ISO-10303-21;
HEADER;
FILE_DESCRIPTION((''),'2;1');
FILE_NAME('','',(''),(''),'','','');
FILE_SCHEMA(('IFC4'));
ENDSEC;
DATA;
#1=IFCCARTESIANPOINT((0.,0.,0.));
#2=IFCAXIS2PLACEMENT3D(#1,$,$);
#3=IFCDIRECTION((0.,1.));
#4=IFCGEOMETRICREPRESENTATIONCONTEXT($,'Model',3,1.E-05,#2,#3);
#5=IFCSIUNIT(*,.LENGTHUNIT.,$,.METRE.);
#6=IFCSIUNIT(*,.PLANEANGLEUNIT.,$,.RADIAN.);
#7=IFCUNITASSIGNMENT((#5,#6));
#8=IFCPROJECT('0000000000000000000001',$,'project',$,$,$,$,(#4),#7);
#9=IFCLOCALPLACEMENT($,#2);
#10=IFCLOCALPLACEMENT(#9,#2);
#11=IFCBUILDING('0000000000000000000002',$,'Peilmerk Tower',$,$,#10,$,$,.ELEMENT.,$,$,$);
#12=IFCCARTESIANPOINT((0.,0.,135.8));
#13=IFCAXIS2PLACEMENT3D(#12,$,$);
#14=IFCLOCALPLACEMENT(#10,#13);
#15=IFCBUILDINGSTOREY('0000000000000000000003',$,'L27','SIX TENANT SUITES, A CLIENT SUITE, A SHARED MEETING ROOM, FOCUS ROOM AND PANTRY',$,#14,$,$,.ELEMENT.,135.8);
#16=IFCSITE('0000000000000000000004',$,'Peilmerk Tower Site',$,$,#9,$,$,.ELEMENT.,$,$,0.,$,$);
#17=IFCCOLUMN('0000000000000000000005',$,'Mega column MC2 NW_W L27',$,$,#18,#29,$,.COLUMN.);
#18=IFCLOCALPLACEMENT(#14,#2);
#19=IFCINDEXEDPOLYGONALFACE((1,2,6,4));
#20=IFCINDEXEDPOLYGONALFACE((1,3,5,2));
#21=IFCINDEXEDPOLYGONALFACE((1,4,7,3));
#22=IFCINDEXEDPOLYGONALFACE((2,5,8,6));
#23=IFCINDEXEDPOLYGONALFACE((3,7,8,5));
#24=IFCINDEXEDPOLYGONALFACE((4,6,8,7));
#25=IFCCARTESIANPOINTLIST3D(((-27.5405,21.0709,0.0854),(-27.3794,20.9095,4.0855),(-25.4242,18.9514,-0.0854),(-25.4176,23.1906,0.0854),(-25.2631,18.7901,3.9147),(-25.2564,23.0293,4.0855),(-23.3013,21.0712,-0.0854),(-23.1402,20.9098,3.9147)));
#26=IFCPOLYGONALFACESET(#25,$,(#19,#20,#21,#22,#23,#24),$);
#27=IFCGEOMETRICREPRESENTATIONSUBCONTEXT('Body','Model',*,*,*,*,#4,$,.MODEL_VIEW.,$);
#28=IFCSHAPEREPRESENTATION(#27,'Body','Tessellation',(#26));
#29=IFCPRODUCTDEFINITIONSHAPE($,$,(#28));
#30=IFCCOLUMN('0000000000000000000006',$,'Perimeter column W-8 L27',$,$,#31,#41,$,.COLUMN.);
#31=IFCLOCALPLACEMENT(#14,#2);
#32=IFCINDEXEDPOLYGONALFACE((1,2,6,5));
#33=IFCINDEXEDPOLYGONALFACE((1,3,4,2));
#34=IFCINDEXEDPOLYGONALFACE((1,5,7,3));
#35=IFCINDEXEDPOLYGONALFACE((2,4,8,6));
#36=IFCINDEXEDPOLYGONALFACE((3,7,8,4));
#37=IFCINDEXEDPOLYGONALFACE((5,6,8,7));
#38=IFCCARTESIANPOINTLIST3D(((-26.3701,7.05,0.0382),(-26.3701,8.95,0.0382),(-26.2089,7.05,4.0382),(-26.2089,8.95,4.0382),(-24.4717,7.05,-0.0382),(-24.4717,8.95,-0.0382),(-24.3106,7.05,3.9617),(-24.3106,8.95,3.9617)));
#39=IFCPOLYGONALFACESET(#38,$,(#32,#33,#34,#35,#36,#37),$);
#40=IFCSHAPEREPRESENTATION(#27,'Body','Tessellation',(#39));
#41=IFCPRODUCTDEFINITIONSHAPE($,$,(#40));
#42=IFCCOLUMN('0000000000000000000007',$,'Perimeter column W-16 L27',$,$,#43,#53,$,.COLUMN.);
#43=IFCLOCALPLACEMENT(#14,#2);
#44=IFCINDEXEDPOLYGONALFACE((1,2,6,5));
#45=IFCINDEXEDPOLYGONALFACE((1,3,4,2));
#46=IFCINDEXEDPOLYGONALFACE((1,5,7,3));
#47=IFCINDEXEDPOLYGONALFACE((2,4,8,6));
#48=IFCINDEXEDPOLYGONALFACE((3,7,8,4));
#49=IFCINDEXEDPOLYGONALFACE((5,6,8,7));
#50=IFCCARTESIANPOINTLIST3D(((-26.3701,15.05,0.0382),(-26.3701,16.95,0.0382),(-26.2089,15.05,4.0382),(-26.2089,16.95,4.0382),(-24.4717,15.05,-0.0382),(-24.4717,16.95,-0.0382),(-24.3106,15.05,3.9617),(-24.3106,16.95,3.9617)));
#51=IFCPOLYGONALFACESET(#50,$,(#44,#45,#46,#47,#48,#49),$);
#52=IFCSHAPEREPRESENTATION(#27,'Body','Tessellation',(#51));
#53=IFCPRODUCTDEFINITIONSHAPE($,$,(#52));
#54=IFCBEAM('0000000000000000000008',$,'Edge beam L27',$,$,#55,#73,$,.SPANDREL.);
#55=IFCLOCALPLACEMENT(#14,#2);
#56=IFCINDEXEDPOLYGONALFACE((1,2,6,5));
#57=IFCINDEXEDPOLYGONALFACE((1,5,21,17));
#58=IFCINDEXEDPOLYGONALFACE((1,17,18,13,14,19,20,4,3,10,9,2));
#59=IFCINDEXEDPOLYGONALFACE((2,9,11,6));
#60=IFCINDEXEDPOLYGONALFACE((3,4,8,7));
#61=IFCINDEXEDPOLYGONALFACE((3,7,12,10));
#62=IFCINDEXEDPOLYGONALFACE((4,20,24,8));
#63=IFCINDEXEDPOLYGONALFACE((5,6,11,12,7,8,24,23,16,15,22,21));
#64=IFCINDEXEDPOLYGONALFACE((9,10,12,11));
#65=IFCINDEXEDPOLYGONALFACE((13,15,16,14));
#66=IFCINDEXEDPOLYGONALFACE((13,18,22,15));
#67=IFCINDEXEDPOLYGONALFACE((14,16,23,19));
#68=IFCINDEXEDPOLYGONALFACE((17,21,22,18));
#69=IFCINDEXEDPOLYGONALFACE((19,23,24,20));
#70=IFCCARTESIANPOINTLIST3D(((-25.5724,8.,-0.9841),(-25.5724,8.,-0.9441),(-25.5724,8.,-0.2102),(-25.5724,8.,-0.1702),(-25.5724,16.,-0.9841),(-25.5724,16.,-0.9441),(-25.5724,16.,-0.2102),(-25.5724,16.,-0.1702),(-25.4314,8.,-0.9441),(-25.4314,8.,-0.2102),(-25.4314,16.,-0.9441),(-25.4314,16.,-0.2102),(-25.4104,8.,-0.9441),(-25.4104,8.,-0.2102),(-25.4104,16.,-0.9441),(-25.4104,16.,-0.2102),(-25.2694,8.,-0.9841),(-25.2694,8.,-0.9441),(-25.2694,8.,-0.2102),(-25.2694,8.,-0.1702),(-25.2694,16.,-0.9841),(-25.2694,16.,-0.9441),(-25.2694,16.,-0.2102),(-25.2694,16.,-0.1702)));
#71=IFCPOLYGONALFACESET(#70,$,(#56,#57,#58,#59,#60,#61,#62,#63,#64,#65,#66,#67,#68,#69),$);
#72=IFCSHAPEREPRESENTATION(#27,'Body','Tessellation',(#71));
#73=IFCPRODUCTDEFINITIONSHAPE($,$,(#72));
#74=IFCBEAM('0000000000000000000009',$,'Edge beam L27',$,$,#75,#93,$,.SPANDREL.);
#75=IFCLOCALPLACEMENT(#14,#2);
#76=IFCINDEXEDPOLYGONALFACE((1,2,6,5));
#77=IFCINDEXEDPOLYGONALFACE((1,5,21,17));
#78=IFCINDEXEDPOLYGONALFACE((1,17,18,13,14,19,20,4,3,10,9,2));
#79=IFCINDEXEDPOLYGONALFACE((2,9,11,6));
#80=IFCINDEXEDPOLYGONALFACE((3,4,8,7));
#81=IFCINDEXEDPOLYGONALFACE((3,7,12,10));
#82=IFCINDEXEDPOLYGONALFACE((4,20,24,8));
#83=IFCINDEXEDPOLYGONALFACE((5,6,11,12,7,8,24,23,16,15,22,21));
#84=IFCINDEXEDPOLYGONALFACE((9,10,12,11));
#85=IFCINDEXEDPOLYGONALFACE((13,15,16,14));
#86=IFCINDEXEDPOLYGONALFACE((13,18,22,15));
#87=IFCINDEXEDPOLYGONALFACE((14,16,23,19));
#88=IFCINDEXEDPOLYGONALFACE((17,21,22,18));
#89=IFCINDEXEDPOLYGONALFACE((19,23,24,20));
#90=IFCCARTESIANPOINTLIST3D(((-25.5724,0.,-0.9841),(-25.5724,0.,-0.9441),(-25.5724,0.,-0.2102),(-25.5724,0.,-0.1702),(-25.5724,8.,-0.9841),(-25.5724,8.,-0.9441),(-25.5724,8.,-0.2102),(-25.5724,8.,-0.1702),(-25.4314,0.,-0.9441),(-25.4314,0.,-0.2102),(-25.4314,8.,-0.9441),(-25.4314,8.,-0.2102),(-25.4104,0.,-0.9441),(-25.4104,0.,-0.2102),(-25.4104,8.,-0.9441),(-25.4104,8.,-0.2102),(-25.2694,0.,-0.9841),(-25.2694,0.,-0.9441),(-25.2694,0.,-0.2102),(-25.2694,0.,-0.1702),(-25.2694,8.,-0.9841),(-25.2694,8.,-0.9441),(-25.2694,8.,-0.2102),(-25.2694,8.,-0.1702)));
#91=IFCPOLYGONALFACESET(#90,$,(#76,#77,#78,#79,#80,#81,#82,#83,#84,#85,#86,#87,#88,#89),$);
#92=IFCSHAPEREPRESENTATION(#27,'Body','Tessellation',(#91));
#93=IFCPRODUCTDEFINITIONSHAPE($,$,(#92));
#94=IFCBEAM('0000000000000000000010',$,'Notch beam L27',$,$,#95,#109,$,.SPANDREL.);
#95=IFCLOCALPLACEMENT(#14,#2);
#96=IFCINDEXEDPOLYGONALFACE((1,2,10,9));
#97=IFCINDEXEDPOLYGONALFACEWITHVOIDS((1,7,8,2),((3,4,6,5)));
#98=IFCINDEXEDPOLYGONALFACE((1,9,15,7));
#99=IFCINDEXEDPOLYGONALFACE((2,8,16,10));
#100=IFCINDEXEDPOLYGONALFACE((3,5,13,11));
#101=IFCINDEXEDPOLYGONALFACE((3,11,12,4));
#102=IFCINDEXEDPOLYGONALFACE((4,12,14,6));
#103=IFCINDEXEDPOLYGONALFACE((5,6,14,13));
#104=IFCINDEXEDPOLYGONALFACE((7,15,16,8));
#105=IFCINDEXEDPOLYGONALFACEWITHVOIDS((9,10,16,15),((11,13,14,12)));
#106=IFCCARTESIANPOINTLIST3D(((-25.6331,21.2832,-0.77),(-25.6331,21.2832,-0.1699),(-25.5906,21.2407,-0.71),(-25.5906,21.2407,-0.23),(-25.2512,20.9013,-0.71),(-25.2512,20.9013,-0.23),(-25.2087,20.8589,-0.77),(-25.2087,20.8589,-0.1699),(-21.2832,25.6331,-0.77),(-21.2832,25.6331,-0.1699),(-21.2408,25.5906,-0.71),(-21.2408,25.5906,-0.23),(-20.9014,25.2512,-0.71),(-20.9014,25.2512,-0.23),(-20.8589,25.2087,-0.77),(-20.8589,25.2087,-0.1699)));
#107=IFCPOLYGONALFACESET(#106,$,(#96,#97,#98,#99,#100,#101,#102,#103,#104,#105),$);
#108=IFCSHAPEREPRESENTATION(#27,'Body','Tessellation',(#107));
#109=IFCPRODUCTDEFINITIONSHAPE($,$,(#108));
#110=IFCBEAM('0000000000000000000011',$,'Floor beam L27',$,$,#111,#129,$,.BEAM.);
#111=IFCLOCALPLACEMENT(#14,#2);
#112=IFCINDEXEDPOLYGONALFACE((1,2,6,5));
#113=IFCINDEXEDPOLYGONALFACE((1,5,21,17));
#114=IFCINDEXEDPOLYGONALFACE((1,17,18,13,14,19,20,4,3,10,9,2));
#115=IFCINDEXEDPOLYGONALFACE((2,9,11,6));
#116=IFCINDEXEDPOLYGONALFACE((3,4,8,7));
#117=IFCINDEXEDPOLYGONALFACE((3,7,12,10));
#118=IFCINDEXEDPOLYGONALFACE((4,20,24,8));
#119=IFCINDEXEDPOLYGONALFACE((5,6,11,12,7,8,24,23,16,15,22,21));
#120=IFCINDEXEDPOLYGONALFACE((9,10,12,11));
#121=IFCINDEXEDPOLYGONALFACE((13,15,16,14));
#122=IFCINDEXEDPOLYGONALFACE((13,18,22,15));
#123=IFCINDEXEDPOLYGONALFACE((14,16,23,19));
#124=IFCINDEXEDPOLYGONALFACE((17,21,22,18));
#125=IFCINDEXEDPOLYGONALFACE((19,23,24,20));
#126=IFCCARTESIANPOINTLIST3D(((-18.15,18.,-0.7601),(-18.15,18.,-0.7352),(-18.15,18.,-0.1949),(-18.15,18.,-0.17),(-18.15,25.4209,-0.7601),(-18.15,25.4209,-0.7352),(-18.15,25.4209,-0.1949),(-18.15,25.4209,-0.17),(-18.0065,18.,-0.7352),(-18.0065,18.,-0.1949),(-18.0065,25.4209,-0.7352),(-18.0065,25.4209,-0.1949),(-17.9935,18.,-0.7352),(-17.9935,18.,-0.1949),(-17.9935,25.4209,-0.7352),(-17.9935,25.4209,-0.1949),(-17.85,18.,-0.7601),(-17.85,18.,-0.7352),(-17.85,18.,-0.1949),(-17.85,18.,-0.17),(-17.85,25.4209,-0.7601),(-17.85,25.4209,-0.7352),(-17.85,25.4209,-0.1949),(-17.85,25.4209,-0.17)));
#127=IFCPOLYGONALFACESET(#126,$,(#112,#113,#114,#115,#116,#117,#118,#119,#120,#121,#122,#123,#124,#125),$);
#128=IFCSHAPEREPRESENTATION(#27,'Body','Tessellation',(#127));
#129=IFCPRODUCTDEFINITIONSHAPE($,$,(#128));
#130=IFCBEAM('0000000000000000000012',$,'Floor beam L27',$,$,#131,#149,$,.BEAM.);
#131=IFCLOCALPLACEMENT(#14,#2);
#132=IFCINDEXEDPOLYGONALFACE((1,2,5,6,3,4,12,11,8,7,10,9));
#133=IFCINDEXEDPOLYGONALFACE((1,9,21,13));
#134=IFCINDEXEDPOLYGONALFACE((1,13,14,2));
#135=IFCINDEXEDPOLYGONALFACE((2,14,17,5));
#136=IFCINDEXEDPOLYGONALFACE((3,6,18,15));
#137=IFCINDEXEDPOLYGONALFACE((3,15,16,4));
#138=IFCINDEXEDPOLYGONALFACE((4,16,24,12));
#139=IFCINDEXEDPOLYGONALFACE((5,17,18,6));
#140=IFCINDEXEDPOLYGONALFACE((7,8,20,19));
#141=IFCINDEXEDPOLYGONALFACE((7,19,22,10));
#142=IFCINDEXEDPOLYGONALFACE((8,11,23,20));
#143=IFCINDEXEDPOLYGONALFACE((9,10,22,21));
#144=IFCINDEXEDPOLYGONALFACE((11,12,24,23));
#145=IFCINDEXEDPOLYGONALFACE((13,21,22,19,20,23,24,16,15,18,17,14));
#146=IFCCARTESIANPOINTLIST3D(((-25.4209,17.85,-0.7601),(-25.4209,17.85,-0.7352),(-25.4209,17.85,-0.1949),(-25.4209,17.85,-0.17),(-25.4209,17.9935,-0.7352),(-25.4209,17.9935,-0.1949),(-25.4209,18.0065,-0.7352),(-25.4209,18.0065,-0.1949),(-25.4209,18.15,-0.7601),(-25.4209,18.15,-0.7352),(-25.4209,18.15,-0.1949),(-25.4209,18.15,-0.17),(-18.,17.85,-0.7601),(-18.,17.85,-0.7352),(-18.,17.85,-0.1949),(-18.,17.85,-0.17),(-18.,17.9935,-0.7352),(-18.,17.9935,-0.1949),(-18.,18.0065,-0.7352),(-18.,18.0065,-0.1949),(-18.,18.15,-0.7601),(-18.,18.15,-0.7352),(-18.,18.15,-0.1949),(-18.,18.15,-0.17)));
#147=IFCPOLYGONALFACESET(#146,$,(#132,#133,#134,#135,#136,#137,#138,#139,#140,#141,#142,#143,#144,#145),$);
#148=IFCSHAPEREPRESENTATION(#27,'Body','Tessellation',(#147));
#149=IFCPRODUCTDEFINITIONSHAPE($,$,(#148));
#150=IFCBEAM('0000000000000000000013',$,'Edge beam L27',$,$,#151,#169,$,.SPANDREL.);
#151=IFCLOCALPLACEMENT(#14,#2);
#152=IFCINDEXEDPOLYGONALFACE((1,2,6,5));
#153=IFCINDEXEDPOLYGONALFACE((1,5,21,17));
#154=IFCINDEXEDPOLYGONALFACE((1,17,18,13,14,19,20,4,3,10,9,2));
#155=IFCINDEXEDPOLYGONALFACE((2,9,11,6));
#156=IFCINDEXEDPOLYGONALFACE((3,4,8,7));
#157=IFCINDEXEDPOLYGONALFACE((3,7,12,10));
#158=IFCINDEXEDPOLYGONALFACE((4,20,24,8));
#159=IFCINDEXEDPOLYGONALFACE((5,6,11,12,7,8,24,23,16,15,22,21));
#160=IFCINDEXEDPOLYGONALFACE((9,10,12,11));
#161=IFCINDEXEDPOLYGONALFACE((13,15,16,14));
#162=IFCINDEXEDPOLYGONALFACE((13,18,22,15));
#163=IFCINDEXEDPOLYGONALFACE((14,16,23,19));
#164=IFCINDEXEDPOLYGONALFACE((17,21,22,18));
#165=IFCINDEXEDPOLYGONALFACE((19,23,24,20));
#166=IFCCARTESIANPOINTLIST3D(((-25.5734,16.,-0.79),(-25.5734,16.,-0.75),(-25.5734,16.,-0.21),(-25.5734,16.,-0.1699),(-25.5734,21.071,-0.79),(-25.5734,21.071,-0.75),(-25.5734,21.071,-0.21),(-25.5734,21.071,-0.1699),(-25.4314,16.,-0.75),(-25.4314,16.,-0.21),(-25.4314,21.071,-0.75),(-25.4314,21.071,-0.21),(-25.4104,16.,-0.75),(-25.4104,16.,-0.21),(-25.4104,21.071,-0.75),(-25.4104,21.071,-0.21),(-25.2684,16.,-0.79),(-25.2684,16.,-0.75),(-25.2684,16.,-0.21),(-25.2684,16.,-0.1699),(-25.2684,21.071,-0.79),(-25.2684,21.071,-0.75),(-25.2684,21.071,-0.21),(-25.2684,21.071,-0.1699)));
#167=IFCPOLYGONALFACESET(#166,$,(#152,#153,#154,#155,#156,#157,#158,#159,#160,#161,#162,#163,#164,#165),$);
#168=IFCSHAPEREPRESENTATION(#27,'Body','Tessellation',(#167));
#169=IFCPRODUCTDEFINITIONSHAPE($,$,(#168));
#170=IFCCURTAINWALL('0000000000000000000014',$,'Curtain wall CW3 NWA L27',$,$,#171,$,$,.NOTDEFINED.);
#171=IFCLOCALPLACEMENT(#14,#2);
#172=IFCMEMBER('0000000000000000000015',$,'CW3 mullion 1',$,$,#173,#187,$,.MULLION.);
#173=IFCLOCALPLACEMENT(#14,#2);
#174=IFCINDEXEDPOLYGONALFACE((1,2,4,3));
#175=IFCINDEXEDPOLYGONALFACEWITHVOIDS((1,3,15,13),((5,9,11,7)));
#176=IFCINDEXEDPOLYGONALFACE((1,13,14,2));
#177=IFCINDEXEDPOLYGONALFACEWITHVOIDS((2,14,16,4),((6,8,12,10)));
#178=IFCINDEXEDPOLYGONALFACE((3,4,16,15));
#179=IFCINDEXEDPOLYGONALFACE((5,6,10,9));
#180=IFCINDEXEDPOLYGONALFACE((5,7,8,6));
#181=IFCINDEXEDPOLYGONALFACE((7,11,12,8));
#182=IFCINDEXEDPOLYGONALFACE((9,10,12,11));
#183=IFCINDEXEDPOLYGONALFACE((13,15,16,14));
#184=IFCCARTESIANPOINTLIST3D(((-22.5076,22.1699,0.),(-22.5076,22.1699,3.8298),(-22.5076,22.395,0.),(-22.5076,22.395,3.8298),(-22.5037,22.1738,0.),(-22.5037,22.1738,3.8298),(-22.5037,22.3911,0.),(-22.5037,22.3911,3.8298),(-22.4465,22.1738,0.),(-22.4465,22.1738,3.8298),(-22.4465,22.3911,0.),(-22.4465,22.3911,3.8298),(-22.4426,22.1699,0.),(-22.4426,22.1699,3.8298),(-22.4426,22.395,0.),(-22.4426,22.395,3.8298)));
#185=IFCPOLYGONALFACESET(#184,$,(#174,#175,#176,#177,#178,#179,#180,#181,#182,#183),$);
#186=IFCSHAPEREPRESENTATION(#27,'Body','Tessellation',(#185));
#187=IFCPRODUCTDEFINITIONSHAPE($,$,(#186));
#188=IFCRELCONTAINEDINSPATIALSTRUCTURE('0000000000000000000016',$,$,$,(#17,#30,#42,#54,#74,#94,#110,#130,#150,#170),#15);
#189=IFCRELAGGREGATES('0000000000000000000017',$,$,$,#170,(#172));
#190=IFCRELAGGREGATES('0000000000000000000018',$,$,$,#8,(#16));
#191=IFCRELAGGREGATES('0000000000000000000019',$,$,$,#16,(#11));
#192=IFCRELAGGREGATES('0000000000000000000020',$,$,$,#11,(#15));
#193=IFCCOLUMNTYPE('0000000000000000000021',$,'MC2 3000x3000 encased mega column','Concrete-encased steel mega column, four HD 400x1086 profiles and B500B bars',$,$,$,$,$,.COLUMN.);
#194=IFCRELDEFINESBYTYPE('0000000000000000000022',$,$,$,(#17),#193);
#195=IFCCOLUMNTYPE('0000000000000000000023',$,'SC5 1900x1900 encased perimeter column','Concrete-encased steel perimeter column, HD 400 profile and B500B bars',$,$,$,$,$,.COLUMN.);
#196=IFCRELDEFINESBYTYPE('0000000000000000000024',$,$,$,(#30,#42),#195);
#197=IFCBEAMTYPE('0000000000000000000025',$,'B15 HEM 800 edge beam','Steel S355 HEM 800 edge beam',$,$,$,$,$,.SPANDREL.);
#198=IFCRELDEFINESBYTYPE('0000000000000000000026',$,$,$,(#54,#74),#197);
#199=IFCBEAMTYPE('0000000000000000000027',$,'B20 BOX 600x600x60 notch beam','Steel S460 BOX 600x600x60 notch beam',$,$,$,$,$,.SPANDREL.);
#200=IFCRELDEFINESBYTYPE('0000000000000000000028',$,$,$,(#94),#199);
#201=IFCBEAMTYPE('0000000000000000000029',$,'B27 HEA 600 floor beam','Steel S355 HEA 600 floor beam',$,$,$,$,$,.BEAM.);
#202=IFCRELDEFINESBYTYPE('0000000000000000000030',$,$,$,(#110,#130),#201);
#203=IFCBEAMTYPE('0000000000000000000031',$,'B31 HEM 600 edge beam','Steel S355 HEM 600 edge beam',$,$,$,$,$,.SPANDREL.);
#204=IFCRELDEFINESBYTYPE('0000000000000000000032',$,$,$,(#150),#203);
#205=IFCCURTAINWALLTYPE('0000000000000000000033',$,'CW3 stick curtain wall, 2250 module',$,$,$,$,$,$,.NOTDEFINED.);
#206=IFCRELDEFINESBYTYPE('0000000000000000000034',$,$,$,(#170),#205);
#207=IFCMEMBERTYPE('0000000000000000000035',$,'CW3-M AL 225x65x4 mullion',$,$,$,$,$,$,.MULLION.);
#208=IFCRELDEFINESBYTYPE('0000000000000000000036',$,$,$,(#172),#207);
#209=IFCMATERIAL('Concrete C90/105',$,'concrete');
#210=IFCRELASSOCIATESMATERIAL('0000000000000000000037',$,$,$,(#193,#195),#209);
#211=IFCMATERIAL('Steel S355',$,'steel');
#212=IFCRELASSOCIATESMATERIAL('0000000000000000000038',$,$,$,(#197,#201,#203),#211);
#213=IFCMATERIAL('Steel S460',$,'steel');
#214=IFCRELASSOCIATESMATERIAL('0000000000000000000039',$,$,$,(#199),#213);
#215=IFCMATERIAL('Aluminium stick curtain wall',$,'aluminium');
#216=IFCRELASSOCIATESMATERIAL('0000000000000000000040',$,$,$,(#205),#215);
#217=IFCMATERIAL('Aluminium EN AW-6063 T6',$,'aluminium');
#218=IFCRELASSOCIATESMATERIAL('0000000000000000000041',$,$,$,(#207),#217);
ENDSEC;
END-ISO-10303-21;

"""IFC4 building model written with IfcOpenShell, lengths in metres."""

from ifc_helpers import new_model, si_unit, direction, frame, origin, origin_2d, place, context, subcontext, project, spatial, rectangle, hollow_rectangle, i_section, extrude, material, material_profile, profile_set, type_object, element, aggregate, save


model = new_model("IFC4")

# Units and contexts
model_context = context("Model", 3, precision=1e-05, world=origin(), true_north=direction((0.0, 1.0)))
body_context = subcontext(model_context, "Body", "Model", "MODEL_VIEW")
ifc_project = project(units=[si_unit("LENGTHUNIT", "METRE"), si_unit("PLANEANGLEUNIT", "RADIAN")], contexts=[model_context])

# Site, building, storey
site_placement = place(None, origin())
site = spatial("IfcSite", under=ifc_project, at=site_placement, Name="Peilmerk Tower Site", CompositionType="ELEMENT", RefElevation=0.0)
building_placement = place(site_placement, origin())
building = spatial("IfcBuilding", under=site, at=building_placement, Name="Peilmerk Tower", CompositionType="ELEMENT")
storey_placement = place(building_placement, frame((0.0, 0.0, 135.8)))
storey = spatial("IfcBuildingStorey", under=building, at=storey_placement, Name="L27", Description="SIX TENANT SUITES, A CLIENT SUITE, A SHARED MEETING ROOM, FOCUS ROOM AND PANTRY", CompositionType="ELEMENT", Elevation=135.8)

# Columns
ifc_material_1 = material(Name="Concrete C90/105", Category="concrete")
ifc_material_profile_1 = material_profile(ifc_material_1, rectangle(XDim=3.0, YDim=3.0, at=origin_2d()), Name="RC 3000x3000")
ifc_profile_set_1 = profile_set([ifc_material_profile_1], Name="Concrete C90/105")
column_type_1 = type_object("IfcColumnType", Name="MC2 3000x3000 encased mega column", Description="Concrete-encased steel mega column, four HD 400x1086 profiles and B500B bars", PredefinedType="COLUMN", material=ifc_profile_set_1)
column_placement = place(storey_placement, frame((-25.4209, 21.071, 0.0), z_axis=(0.040218, -0.040279, 0.998379), x_axis=(0.707642, 0.706571, 0.0)))
element("IfcColumn", 1, at=column_placement, inside=storey, type_object=column_type_1, Name="Mega column MC2 NW_W L27", PredefinedType="COLUMN", context=body_context, shape_type="SweptSolid", body=[
    extrude(rectangle(XDim=3.0, YDim=3.0, at=origin_2d()), origin(), (0.0, 0.0, 1.0), 4.0066),
])
ifc_material_profile_2 = material_profile(ifc_material_1, rectangle(XDim=1.8999, YDim=1.8999, at=origin_2d()), Name="RC 1900x1900")
ifc_profile_set_2 = profile_set([ifc_material_profile_2], Name="Concrete C90/105")
column_type_2 = type_object("IfcColumnType", Name="SC5 1900x1900 encased perimeter column", Description="Concrete-encased steel perimeter column, HD 400 profile and B500B bars", PredefinedType="COLUMN", material=ifc_profile_set_2)
for number, where, z_axis, x_axis, name in (
    (2, (-25.4209, 8.0, 0.0), (0.040251, 0.0, 0.99919), (0.0, 1.0, 0.0), "Perimeter column W-8 L27"),
    (3, (-25.4209, 16.0, 0.0), (0.040251, 0.0, 0.99919), (0.0, 1.0, 0.0), "Perimeter column W-16 L27"),
):
    element("IfcColumn", number, at=place(storey_placement, frame(where, z_axis=z_axis, x_axis=x_axis)), inside=storey, type_object=column_type_2, Name=name, PredefinedType="COLUMN", context=body_context, shape_type="SweptSolid", body=[
        extrude(rectangle(XDim=1.8999, YDim=1.8999, at=origin_2d()), origin(), (0.0, 0.0, 1.0), 4.0032),
    ])

# Beams
ifc_material_2 = material(Name="Steel S355", Category="steel")
ifc_material_profile_3 = material_profile(ifc_material_2, i_section(OverallWidth=0.303, OverallDepth=0.814, WebThickness=0.021, FlangeThickness=0.04, at=origin_2d()), Name="HEM 800")
ifc_profile_set_3 = profile_set([ifc_material_profile_3], Name="Steel S355")
beam_type_1 = type_object("IfcBeamType", Name="B15 HEM 800 edge beam", Description="Steel S355 HEM 800 edge beam", PredefinedType="SPANDREL", material=ifc_profile_set_3)
for number, where, z_axis, x_axis, name in (
    (4, (-25.4209, 16.0, -0.5771), (0.0, -1.0, 0.0), (1.0, 0.0, 0.0), "Edge beam L27"),
    (5, (-25.4209, 8.0, -0.5771), (0.0, -1.0, 0.0), (1.0, 0.0, 0.0), "Edge beam L27"),
):
    element("IfcBeam", number, at=place(storey_placement, frame(where, z_axis=z_axis, x_axis=x_axis)), inside=storey, type_object=beam_type_1, Name=name, PredefinedType="SPANDREL", context=body_context, shape_type="SweptSolid", body=[
        extrude(i_section(OverallWidth=0.303, OverallDepth=0.814, WebThickness=0.021, FlangeThickness=0.04, at=origin_2d()), origin(), (0.0, 0.0, 1.0), 8.0),
    ])
ifc_material_3 = material(Name="Steel S460", Category="steel")
ifc_material_profile_4 = material_profile(ifc_material_3, hollow_rectangle(XDim=0.6001, YDim=0.6001, WallThickness=0.0601, at=origin_2d()), Name="BOX 600x600x60")
ifc_profile_set_4 = profile_set([ifc_material_profile_4], Name="Steel S460")
beam_type_2 = type_object("IfcBeamType", Name="B20 BOX 600x600x60 notch beam", Description="Steel S460 BOX 600x600x60 notch beam", PredefinedType="SPANDREL", material=ifc_profile_set_4)
beam_1_placement = place(storey_placement, frame((-25.4209, 21.071, -0.47), z_axis=(0.707107, 0.707107, 0.0), x_axis=(-0.707107, 0.707107, 0.0)))
element("IfcBeam", 6, at=beam_1_placement, inside=storey, type_object=beam_type_2, Name="Notch beam L27", PredefinedType="SPANDREL", context=body_context, shape_type="SweptSolid", body=[
    extrude(hollow_rectangle(XDim=0.6001, YDim=0.6001, WallThickness=0.0601, at=origin_2d()), origin(), (0.0, 0.0, 1.0), 6.1516),
])
ifc_material_profile_5 = material_profile(ifc_material_2, i_section(OverallWidth=0.3, OverallDepth=0.5901, WebThickness=0.0129, FlangeThickness=0.0249, at=origin_2d()), Name="HEA 600")
ifc_profile_set_5 = profile_set([ifc_material_profile_5], Name="Steel S355")
beam_type_3 = type_object("IfcBeamType", Name="B27 HEA 600 floor beam", Description="Steel S355 HEA 600 floor beam", PredefinedType="BEAM", material=ifc_profile_set_5)
for number, where, z_axis, x_axis, name in (
    (7, (-18.0, 18.0, -0.4651), (0.0, 1.0, 0.0), (-1.0, 0.0, 0.0), "Floor beam L27"),
    (8, (-18.0, 18.0, -0.4651), (-1.0, 0.0, 0.0), (0.0, -1.0, 0.0), "Floor beam L27"),
):
    element("IfcBeam", number, at=place(storey_placement, frame(where, z_axis=z_axis, x_axis=x_axis)), inside=storey, type_object=beam_type_3, Name=name, PredefinedType="BEAM", context=body_context, shape_type="SweptSolid", body=[
        extrude(i_section(OverallWidth=0.3, OverallDepth=0.5901, WebThickness=0.0129, FlangeThickness=0.0249, at=origin_2d()), origin(), (0.0, 0.0, 1.0), 7.4209),
    ])
ifc_material_profile_6 = material_profile(ifc_material_2, i_section(OverallWidth=0.3049, OverallDepth=0.6201, WebThickness=0.021, FlangeThickness=0.04, at=origin_2d()), Name="HEM 600")
ifc_profile_set_6 = profile_set([ifc_material_profile_6], Name="Steel S355")
beam_type_4 = type_object("IfcBeamType", Name="B31 HEM 600 edge beam", Description="Steel S355 HEM 600 edge beam", PredefinedType="SPANDREL", material=ifc_profile_set_6)
beam_2_placement = place(storey_placement, frame((-25.4209, 21.071, -0.48), z_axis=(0.0, -1.0, 0.0), x_axis=(1.0, 0.0, 0.0)))
element("IfcBeam", 9, at=beam_2_placement, inside=storey, type_object=beam_type_4, Name="Edge beam L27", PredefinedType="SPANDREL", context=body_context, shape_type="SweptSolid", body=[
    extrude(i_section(OverallWidth=0.3049, OverallDepth=0.6201, WebThickness=0.021, FlangeThickness=0.04, at=origin_2d()), origin(), (0.0, 0.0, 1.0), 5.071),
])

# Curtain wall, member
ifc_material_4 = material(Name="Aluminium stick curtain wall", Category="aluminium")
curtain_wall_type = type_object("IfcCurtainWallType", Name="CW3 stick curtain wall, 2250 module", PredefinedType="NOTDEFINED", material=ifc_material_4)
curtain_wall_1_placement = place(storey_placement, origin())
curtain_wall_1 = element("IfcCurtainWall", 10, at=curtain_wall_1_placement, inside=storey, type_object=curtain_wall_type, Name="Curtain wall CW3 NWA L27", PredefinedType="NOTDEFINED")
ifc_material_5 = material(Name="Aluminium EN AW-6063 T6", Category="aluminium")
ifc_material_profile_7 = material_profile(ifc_material_5, hollow_rectangle(XDim=0.0649, YDim=0.2251, WallThickness=0.0039, at=origin_2d()), Name="AL 225x65x4")
ifc_profile_set_7 = profile_set([ifc_material_profile_7], Name="Aluminium EN AW-6063 T6")
member_type_1 = type_object("IfcMemberType", Name="CW3-M AL 225x65x4 mullion", PredefinedType="MULLION", material=ifc_profile_set_7)
member_1_placement = place(storey_placement, frame((-22.4751, 22.2825, 0.0), z_axis=(0.0, 0.0, 1.0), x_axis=(-1.0, 0.0, 0.0)))
member_1 = element("IfcMember", 11, at=member_1_placement, type_object=member_type_1, Name="CW3 mullion 1", PredefinedType="MULLION", context=body_context, shape_type="SweptSolid", body=[
    extrude(hollow_rectangle(XDim=0.0649, YDim=0.2251, WallThickness=0.0039, at=origin_2d()), origin(), (0.0, 0.0, 1.0), 3.8298),
])

aggregate(curtain_wall_1, [member_1])

save(model, "model.ifc")
